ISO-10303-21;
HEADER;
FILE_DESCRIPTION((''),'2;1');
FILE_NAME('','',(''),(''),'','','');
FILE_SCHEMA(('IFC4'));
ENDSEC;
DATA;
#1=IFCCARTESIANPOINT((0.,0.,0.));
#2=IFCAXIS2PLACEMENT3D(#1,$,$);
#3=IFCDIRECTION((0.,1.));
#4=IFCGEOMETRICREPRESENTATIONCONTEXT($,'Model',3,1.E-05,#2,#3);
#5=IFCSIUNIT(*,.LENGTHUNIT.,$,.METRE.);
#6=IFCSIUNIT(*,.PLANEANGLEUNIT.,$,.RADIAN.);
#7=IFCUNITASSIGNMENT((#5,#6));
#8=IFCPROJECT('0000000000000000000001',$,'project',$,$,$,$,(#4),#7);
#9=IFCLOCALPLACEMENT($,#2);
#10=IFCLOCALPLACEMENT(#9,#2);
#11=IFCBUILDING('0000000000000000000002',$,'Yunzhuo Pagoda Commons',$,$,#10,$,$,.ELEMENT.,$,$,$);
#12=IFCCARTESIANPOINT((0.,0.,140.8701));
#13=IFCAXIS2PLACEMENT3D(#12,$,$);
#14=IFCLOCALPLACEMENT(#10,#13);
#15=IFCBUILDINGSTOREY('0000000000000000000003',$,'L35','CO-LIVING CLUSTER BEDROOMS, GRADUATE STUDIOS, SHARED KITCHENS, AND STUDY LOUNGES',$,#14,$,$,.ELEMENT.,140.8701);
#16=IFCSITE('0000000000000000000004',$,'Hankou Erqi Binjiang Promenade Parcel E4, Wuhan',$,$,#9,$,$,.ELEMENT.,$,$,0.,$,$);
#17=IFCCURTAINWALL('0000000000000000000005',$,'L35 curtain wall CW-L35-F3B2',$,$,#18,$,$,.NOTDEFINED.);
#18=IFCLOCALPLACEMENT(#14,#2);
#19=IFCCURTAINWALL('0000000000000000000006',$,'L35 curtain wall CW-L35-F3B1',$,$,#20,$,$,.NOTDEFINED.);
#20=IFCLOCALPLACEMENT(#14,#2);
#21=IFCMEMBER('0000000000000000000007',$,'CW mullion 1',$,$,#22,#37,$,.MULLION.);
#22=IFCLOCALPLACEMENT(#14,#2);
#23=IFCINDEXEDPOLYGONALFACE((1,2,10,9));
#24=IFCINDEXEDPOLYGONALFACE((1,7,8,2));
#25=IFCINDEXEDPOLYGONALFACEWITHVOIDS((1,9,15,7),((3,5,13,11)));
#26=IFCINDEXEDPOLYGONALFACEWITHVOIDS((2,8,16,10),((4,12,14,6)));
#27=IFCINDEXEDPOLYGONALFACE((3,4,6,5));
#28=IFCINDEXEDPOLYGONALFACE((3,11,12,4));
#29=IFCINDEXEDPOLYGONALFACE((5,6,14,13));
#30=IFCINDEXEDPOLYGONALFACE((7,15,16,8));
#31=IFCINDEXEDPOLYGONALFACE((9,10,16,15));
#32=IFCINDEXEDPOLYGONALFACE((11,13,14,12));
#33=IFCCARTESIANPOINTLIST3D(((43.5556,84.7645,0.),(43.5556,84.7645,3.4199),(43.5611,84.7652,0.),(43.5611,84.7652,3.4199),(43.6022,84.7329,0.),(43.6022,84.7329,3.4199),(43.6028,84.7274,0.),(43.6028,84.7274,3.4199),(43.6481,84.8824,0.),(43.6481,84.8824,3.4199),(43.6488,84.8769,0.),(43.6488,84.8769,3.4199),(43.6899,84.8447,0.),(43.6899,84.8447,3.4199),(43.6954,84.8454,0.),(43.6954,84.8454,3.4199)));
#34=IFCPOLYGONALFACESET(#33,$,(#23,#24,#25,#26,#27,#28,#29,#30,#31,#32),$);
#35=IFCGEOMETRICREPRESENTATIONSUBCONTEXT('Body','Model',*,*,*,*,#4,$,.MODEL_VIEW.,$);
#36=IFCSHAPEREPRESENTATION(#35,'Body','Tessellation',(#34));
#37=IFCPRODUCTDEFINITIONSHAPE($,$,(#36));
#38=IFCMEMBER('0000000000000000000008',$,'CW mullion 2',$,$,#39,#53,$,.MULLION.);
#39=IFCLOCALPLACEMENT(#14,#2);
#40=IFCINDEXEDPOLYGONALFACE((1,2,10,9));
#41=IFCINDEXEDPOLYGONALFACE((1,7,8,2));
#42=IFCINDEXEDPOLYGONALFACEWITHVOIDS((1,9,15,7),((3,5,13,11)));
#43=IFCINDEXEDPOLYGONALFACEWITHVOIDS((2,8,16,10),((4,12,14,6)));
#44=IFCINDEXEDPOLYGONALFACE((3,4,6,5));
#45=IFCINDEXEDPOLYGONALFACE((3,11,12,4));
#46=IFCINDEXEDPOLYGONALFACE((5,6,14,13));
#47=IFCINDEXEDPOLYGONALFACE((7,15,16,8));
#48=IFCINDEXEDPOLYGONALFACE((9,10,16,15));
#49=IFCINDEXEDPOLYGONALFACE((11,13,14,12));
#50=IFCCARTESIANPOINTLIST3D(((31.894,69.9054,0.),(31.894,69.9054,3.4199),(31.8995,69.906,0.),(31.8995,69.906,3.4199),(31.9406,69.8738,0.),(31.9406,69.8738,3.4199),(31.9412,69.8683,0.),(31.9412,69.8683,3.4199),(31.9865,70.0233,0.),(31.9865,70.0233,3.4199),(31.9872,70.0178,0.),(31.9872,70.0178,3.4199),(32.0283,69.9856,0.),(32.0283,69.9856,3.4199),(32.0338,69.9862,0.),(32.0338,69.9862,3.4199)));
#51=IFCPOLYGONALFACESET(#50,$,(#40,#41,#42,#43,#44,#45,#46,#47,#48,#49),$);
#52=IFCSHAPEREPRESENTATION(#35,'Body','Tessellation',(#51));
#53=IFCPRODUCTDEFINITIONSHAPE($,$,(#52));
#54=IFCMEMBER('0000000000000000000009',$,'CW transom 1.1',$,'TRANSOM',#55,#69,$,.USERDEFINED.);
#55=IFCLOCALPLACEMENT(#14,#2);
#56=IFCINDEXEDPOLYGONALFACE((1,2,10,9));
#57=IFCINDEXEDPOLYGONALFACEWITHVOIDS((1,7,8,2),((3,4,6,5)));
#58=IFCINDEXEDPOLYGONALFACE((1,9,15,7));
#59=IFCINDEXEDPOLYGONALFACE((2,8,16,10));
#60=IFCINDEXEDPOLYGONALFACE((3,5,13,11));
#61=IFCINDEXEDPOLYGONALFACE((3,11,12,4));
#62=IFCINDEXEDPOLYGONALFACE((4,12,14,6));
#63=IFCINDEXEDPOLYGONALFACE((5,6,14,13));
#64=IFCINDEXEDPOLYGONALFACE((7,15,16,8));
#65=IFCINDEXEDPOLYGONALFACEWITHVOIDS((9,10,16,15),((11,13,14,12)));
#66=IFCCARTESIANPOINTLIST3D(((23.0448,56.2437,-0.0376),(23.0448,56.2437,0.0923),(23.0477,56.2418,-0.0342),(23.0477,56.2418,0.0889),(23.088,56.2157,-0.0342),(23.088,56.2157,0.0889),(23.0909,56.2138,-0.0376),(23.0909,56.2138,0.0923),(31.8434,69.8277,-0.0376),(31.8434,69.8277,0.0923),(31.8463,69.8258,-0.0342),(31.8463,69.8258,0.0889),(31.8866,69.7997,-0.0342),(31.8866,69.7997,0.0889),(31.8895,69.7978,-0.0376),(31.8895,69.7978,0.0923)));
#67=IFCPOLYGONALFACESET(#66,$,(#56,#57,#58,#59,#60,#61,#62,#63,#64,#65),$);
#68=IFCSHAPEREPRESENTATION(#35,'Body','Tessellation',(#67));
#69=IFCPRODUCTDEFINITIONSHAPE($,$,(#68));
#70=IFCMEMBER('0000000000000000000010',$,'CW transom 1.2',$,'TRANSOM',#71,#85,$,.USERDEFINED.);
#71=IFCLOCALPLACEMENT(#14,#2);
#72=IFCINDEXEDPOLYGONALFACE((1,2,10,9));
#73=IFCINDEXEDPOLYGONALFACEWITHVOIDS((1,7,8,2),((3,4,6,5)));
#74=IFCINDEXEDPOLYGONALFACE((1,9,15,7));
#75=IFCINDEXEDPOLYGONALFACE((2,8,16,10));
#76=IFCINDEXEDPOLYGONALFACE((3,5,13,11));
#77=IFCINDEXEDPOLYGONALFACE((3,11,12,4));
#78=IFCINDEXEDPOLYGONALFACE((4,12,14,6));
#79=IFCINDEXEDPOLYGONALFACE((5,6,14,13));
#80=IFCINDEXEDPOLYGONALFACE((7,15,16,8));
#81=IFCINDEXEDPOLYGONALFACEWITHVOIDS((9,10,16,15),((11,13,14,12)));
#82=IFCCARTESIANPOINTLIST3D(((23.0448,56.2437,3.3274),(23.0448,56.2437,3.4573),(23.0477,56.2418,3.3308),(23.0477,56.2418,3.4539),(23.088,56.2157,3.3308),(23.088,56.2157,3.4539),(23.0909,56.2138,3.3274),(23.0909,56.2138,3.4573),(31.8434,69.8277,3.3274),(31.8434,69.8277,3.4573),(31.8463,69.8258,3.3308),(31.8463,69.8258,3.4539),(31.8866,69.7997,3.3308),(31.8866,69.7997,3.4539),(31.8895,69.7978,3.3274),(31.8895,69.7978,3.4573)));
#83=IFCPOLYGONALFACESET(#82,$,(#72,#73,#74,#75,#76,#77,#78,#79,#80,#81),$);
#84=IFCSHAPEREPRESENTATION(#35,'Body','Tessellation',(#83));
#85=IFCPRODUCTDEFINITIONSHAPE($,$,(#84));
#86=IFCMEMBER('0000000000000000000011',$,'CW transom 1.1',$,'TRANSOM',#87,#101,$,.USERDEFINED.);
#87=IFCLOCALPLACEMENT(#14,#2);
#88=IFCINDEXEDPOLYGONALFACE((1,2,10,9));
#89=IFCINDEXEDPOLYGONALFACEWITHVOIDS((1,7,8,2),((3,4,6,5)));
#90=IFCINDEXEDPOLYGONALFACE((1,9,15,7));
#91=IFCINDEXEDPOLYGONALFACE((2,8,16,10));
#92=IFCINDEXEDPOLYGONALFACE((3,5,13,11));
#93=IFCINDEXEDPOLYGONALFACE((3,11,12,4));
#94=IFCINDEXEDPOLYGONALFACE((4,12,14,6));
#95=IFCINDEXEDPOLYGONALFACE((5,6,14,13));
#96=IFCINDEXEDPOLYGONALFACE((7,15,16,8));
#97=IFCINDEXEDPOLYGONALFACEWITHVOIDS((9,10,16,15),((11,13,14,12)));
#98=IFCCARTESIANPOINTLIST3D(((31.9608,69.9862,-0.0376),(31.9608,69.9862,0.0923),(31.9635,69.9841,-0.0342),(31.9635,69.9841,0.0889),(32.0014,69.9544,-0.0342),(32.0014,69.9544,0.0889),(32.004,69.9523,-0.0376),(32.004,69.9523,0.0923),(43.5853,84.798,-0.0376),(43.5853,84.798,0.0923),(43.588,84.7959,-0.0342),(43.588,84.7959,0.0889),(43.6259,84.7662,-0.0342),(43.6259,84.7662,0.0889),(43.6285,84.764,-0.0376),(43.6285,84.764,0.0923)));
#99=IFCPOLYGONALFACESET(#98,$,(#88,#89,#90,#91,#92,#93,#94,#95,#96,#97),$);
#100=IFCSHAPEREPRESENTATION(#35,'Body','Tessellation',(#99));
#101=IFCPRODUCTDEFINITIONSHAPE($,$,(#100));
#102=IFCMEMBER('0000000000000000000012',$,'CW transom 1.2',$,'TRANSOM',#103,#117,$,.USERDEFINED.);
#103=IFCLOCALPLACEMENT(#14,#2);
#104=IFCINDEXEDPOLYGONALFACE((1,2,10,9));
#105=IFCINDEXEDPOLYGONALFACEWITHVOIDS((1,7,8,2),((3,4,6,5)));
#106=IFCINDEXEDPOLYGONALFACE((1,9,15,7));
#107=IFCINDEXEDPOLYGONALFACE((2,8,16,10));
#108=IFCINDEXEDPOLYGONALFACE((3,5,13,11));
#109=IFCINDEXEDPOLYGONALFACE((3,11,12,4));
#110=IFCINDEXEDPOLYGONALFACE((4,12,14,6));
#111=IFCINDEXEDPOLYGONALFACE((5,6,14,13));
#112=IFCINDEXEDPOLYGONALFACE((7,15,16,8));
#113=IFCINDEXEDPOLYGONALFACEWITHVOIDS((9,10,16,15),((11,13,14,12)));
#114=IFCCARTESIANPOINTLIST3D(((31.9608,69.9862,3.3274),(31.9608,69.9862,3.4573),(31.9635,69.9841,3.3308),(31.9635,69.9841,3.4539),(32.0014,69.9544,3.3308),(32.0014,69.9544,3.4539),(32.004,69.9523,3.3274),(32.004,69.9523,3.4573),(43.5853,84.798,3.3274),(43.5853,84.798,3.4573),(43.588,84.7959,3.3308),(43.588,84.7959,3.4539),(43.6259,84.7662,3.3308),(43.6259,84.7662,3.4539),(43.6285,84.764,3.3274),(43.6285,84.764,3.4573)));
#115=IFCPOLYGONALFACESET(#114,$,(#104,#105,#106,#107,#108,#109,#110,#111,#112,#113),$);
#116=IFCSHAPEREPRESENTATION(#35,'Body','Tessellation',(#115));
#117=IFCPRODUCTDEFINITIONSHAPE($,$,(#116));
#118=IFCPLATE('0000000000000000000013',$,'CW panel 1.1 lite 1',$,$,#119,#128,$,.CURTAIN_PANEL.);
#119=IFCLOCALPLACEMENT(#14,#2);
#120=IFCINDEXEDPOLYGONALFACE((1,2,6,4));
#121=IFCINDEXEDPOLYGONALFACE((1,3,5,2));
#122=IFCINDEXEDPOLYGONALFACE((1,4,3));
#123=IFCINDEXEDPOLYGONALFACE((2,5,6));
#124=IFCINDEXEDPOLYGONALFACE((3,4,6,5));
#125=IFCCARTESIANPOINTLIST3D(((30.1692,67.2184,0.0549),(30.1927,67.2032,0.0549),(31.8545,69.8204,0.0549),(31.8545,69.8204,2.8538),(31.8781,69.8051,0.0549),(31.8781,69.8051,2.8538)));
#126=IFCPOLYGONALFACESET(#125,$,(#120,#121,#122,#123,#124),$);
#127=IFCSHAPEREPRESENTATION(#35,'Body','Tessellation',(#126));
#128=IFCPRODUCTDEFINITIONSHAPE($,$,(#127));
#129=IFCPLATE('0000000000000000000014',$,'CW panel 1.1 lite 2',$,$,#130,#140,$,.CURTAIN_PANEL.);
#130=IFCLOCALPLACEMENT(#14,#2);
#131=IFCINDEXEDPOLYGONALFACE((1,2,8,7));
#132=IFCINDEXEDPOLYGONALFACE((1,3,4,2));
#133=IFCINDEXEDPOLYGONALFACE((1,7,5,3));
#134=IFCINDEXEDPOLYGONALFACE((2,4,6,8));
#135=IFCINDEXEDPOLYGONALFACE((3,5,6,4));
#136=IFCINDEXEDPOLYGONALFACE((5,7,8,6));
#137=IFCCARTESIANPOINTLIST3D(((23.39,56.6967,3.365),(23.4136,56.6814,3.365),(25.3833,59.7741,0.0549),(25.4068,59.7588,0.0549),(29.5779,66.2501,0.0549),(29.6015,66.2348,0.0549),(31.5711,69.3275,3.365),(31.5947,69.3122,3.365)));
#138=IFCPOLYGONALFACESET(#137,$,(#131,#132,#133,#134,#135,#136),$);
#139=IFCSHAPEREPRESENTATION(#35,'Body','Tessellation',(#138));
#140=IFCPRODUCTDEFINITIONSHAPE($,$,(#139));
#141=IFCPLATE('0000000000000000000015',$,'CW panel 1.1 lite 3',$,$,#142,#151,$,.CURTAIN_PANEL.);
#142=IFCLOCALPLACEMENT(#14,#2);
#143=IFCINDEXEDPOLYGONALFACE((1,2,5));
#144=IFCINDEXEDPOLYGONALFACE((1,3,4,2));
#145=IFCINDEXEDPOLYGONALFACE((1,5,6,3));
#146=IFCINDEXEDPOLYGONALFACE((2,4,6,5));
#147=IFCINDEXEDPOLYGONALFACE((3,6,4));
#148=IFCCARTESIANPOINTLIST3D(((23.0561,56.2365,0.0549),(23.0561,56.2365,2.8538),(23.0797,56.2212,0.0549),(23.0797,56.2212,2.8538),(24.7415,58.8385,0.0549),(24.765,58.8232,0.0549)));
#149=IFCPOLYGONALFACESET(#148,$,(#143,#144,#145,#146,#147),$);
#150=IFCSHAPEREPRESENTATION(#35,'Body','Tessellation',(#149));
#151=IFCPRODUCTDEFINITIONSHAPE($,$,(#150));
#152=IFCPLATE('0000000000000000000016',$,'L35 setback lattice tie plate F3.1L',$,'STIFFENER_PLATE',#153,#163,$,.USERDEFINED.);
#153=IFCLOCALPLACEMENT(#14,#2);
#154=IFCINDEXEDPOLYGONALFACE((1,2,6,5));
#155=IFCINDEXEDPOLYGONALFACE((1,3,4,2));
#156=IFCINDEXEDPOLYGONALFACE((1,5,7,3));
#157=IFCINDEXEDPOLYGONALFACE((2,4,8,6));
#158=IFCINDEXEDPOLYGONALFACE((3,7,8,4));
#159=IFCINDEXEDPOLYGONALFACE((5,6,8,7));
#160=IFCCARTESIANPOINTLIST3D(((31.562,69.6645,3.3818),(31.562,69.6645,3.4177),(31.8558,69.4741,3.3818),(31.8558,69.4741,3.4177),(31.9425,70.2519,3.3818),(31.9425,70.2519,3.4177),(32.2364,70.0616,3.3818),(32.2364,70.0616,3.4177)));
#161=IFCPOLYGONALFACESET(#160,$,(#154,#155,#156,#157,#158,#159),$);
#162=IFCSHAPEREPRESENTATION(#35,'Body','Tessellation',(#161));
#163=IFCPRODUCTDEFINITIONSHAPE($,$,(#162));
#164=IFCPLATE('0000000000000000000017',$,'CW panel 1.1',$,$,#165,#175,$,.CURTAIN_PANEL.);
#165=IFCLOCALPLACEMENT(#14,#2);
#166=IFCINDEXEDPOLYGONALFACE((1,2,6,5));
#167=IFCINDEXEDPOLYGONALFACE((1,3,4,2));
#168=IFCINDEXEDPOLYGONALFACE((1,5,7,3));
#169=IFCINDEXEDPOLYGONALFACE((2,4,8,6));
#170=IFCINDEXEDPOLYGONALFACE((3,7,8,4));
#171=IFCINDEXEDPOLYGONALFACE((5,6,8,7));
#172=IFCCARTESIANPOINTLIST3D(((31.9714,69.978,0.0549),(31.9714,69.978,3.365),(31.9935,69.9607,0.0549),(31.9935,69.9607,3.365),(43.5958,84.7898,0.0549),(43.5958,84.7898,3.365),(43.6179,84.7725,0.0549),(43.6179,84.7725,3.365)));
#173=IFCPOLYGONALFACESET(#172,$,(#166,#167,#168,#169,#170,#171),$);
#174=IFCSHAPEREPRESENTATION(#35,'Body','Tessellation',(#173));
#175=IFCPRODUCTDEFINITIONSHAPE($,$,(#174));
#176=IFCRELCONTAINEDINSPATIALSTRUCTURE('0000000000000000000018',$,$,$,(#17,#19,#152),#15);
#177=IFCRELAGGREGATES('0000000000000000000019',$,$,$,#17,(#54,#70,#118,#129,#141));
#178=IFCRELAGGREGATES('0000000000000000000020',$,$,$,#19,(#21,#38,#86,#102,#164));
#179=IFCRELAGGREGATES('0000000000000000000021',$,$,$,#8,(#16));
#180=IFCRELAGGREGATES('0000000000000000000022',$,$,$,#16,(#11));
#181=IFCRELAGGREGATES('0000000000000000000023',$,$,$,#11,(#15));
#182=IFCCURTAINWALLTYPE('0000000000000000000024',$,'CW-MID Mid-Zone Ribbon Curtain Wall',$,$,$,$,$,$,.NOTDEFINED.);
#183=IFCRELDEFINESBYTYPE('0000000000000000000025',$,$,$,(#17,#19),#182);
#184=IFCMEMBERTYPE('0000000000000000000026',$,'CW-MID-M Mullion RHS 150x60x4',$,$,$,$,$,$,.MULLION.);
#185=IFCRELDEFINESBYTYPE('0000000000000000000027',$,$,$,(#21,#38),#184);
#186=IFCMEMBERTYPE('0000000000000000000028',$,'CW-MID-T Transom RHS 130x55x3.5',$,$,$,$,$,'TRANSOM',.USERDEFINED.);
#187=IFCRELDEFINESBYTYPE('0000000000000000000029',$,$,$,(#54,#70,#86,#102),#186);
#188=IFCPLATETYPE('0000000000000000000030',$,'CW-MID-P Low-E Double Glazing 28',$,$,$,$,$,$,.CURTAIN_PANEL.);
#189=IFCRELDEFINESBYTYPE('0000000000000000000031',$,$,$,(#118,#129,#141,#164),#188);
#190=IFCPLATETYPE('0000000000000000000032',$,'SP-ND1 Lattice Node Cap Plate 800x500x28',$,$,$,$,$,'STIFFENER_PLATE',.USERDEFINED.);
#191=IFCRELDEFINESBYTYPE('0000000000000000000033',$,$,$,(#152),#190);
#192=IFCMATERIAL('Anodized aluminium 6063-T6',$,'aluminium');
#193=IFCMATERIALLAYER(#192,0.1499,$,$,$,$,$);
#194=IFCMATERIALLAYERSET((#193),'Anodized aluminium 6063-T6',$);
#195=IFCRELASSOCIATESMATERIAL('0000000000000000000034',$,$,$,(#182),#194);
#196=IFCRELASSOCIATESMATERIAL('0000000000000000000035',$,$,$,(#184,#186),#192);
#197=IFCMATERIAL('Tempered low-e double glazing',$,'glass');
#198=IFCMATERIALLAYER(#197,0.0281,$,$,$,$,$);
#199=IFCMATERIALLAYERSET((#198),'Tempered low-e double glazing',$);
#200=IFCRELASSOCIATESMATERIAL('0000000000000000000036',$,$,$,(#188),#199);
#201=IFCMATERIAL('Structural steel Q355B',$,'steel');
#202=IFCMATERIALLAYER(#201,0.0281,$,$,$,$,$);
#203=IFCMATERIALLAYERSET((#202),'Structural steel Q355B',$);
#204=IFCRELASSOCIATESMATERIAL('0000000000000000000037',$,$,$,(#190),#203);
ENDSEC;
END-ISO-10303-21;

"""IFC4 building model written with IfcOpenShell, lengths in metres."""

from ifc_helpers import new_model, si_unit, direction, frame, origin, origin_2d, place, context, subcontext, project, spatial, polyline, rectangle, hollow_rectangle, outline, extrude, source, transform, mapped, material, layer, layer_set, material_profile, profile_set, type_object, element, aggregate, save


model = new_model("IFC4")

# Units and contexts
model_context = context("Model", 3, precision=1e-05, world=origin(), true_north=direction((0.0, 1.0)))
body_context = subcontext(model_context, "Body", "Model", "MODEL_VIEW")
ifc_project = project(units=[si_unit("LENGTHUNIT", "METRE"), si_unit("PLANEANGLEUNIT", "RADIAN")], contexts=[model_context])

# Site, building, storey
site_placement = place(None, origin())
site = spatial("IfcSite", under=ifc_project, at=site_placement, Name="Hankou Erqi Binjiang Promenade Parcel E4, Wuhan", CompositionType="ELEMENT", RefElevation=0.0)
building_placement = place(site_placement, origin())
building = spatial("IfcBuilding", under=site, at=building_placement, Name="Yunzhuo Pagoda Commons", CompositionType="ELEMENT")
storey_placement = place(building_placement, frame((0.0, 0.0, 140.8701)))
storey = spatial("IfcBuildingStorey", under=building, at=storey_placement, Name="L35", Description="CO-LIVING CLUSTER BEDROOMS, GRADUATE STUDIOS, SHARED KITCHENS, AND STUDY LOUNGES", CompositionType="ELEMENT", Elevation=140.8701)

# Shared definitions
ifc_material_1 = material(Name="Structural steel Q355B", Category="steel")

# Curtain wall
ifc_material_2 = material(Name="Anodized aluminium 6063-T6", Category="aluminium")
ifc_layer_1 = layer(ifc_material_2, 0.1499)
ifc_layer_set_1 = layer_set([ifc_layer_1], Name="Anodized aluminium 6063-T6")
curtain_wall_type = type_object("IfcCurtainWallType", Name="CW-MID Mid-Zone Ribbon Curtain Wall", PredefinedType="NOTDEFINED", material=ifc_layer_set_1)
curtain_wall_1_placement = place(storey_placement, origin())
curtain_wall_1 = element("IfcCurtainWall", 1, at=curtain_wall_1_placement, inside=storey, type_object=curtain_wall_type, Name="L35 curtain wall CW-L35-F3B2", PredefinedType="NOTDEFINED")
ifc_material_profile_1 = material_profile(ifc_material_2, hollow_rectangle(XDim=0.0601, YDim=0.1499, WallThickness=0.0039, at=origin_2d()), Name="Anodized aluminium 6063-T6")
ifc_profile_set_1 = profile_set([ifc_material_profile_1], Name="Anodized aluminium 6063-T6")
member_type_1 = type_object("IfcMemberType", Name="CW-MID-M Mullion RHS 150x60x4", PredefinedType="MULLION", material=ifc_profile_set_1)
shared_shape_1 = source(origin(), body_context, "Body", "SweptSolid", [
    extrude(hollow_rectangle(XDim=0.0601, YDim=0.1499, WallThickness=0.0039, at=origin_2d()), origin(), (0.0, 0.0, 1.0), 3.4199),
])

# Curtain wall, members
curtain_wall_2_placement = place(storey_placement, origin())
curtain_wall_2 = element("IfcCurtainWall", 2, at=curtain_wall_2_placement, inside=storey, type_object=curtain_wall_type, Name="L35 curtain wall CW-L35-F3B1", PredefinedType="NOTDEFINED")
member_1_placement = place(storey_placement, frame((43.6255, 84.8049, 0.0), z_axis=(0.0, 0.0, 1.0), x_axis=(0.786665, -0.61738, 0.0)))
member_1 = element("IfcMember", 3, at=member_1_placement, type_object=member_type_1, Name="CW mullion 1", PredefinedType="MULLION", context=body_context, shape_type="MappedRepresentation", body=[
    mapped(shared_shape_1, transform((0.0, 0.0, 0.0), scale=1.0)),
])
member_2_placement = place(storey_placement, frame((31.9639, 69.9458, 0.0), z_axis=(0.0, 0.0, 1.0), x_axis=(0.786665, -0.61738, 0.0)))
member_2 = element("IfcMember", 4, at=member_2_placement, type_object=member_type_1, Name="CW mullion 2", PredefinedType="MULLION", context=body_context, shape_type="MappedRepresentation", body=[
    mapped(shared_shape_1, transform((0.0, 0.0, 0.0), scale=1.0)),
])

# Members
ifc_material_profile_2 = material_profile(ifc_material_2, hollow_rectangle(XDim=0.0549, YDim=0.1299, WallThickness=0.0034, at=origin_2d()), Name="Anodized aluminium 6063-T6")
ifc_profile_set_2 = profile_set([ifc_material_profile_2], Name="Anodized aluminium 6063-T6")
member_type_2 = type_object("IfcMemberType", Name="CW-MID-T Transom RHS 130x55x3.5", ElementType="TRANSOM", PredefinedType="USERDEFINED", material=ifc_profile_set_2)
shared_shape_2 = source(origin(), body_context, "Body", "SweptSolid", [
    extrude(hollow_rectangle(XDim=0.0549, YDim=0.1299, WallThickness=0.0034, at=origin_2d()), origin(), (0.0, 0.0, 1.0), 16.1846),
])
member_3_placement = place(storey_placement, frame((31.8665, 69.8127, 0.0273), z_axis=(-0.543641, -0.839318, 0.0), x_axis=(0.839318, -0.543641, 0.0)))
member_3 = element("IfcMember", 5, at=member_3_placement, type_object=member_type_2, Name="CW transom 1.1", ObjectType="TRANSOM", PredefinedType="USERDEFINED", context=body_context, shape_type="MappedRepresentation", body=[
    mapped(shared_shape_2, transform((0.0, 0.0, 0.0), scale=1.0)),
])
member_4_placement = place(storey_placement, frame((31.8665, 69.8127, 3.3923), z_axis=(-0.543641, -0.839318, 0.0), x_axis=(0.839318, -0.543641, 0.0)))
member_4 = element("IfcMember", 6, at=member_4_placement, type_object=member_type_2, Name="CW transom 1.2", ObjectType="TRANSOM", PredefinedType="USERDEFINED", context=body_context, shape_type="MappedRepresentation", body=[
    mapped(shared_shape_2, transform((0.0, 0.0, 0.0), scale=1.0)),
])
shared_shape_3 = source(origin(), body_context, "Body", "SweptSolid", [
    extrude(hollow_rectangle(XDim=0.0549, YDim=0.1299, WallThickness=0.0034, at=origin_2d()), origin(), (0.0, 0.0, 1.0), 18.8286),
])
member_5_placement = place(storey_placement, frame((43.6069, 84.781, 0.0273), z_axis=(-0.617385, -0.786662, 0.0), x_axis=(0.786662, -0.617385, 0.0)))
member_5 = element("IfcMember", 7, at=member_5_placement, type_object=member_type_2, Name="CW transom 1.1", ObjectType="TRANSOM", PredefinedType="USERDEFINED", context=body_context, shape_type="MappedRepresentation", body=[
    mapped(shared_shape_3, transform((0.0, 0.0, 0.0), scale=1.0)),
])
member_6_placement = place(storey_placement, frame((43.6069, 84.781, 3.3923), z_axis=(-0.617385, -0.786662, 0.0), x_axis=(0.786662, -0.617385, 0.0)))
member_6 = element("IfcMember", 8, at=member_6_placement, type_object=member_type_2, Name="CW transom 1.2", ObjectType="TRANSOM", PredefinedType="USERDEFINED", context=body_context, shape_type="MappedRepresentation", body=[
    mapped(shared_shape_3, transform((0.0, 0.0, 0.0), scale=1.0)),
])

# Plates
ifc_material_3 = material(Name="Tempered low-e double glazing", Category="glass")
ifc_layer_2 = layer(ifc_material_3, 0.0281)
ifc_layer_set_2 = layer_set([ifc_layer_2], Name="Tempered low-e double glazing")
plate_type_1 = type_object("IfcPlateType", Name="CW-MID-P Low-E Double Glazing 28", PredefinedType="CURTAIN_PANEL", material=ifc_layer_set_2)
plate_1_placement = place(storey_placement, frame((31.0354, 68.5042, 1.4543), z_axis=(-0.83932, 0.543637, 0.0), x_axis=(-0.543637, -0.83932, 0.0)))
plate_1 = element("IfcPlate", 9, at=plate_1_placement, type_object=plate_type_1, Name="CW panel 1.1 lite 1", PredefinedType="CURTAIN_PANEL", context=body_context, shape_type="SweptSolid", body=[
    extrude(outline(polyline([(-1.55, -1.3994), (1.55, -1.3994), (-1.55, 1.3994), (-1.55, -1.3994)])), origin(), (0.0, 0.0, 1.0), 0.0281),
])
plate_2_placement = place(storey_placement, frame((27.5042, 62.9968, 1.71), z_axis=(-0.83932, 0.543637, 0.0), x_axis=(-0.543637, -0.83932, 0.0)))
plate_2 = element("IfcPlate", 10, at=plate_2_placement, type_object=plate_type_1, Name="CW panel 1.1 lite 2", PredefinedType="CURTAIN_PANEL", context=body_context, shape_type="SweptSolid", body=[
    extrude(outline(polyline([(-7.5244, 1.655), (-3.8579, -1.655), (3.8579, -1.655), (7.5244, 1.655), (-7.5244, 1.655)])), origin(), (0.0, 0.0, 1.0), 0.0281),
])
plate_3_placement = place(storey_placement, frame((23.9224, 57.5222, 1.4543), z_axis=(-0.83932, 0.543637, 0.0), x_axis=(-0.543637, -0.83932, 0.0)))
plate_3 = element("IfcPlate", 11, at=plate_3_placement, type_object=plate_type_1, Name="CW panel 1.1 lite 3", PredefinedType="CURTAIN_PANEL", context=body_context, shape_type="SweptSolid", body=[
    extrude(outline(polyline([(-1.55, -1.3994), (1.55, -1.3994), (1.55, 1.3994), (-1.55, -1.3994)])), origin(), (0.0, 0.0, 1.0), 0.0281),
])
aggregate(curtain_wall_1, [member_3, member_4, plate_1, plate_2, plate_3])
ifc_layer_3 = layer(ifc_material_1, 0.0281)
ifc_layer_set_3 = layer_set([ifc_layer_3], Name="Structural steel Q355B")
plate_type_2 = type_object("IfcPlateType", Name="SP-ND1 Lattice Node Cap Plate 800x500x28", ElementType="STIFFENER_PLATE", PredefinedType="USERDEFINED", material=ifc_layer_set_3)
shared_shape_4 = source(origin(), body_context, "Body", "SweptSolid", [
    extrude(rectangle(XDim=0.7, YDim=0.3501, at=origin_2d()), origin(), (0.0, 0.0, 1.0), 0.0359),
])
plate_4_placement = place(storey_placement, frame((31.8992, 69.863, 3.3818), z_axis=(0.0, 0.0, 1.0), x_axis=(-0.543643, -0.839316, 0.0)))
element("IfcPlate", 12, at=plate_4_placement, inside=storey, type_object=plate_type_2, Name="L35 setback lattice tie plate F3.1L", ObjectType="STIFFENER_PLATE", PredefinedType="USERDEFINED", context=body_context, shape_type="MappedRepresentation", body=[
    mapped(shared_shape_4, transform((0.0, 0.0, 0.0), scale=1.0)),
])
shared_shape_5 = source(origin(), body_context, "Body", "SweptSolid", [
    extrude(rectangle(XDim=18.8286, YDim=0.0281, at=origin_2d()), origin(), (0.0, 0.0, 1.0), 3.3101),
])
plate_5_placement = place(storey_placement, frame((37.7947, 77.3752, 0.0549), z_axis=(0.0, 0.0, 1.0), x_axis=(-0.61738, -0.786665, 0.0)))
plate_5 = element("IfcPlate", 13, at=plate_5_placement, type_object=plate_type_1, Name="CW panel 1.1", PredefinedType="CURTAIN_PANEL", context=body_context, shape_type="MappedRepresentation", body=[
    mapped(shared_shape_5, transform((0.0, 0.0, 0.0), scale=1.0)),
])
aggregate(curtain_wall_2, [member_1, member_2, member_5, member_6, plate_5])

save(model, "model.ifc")
